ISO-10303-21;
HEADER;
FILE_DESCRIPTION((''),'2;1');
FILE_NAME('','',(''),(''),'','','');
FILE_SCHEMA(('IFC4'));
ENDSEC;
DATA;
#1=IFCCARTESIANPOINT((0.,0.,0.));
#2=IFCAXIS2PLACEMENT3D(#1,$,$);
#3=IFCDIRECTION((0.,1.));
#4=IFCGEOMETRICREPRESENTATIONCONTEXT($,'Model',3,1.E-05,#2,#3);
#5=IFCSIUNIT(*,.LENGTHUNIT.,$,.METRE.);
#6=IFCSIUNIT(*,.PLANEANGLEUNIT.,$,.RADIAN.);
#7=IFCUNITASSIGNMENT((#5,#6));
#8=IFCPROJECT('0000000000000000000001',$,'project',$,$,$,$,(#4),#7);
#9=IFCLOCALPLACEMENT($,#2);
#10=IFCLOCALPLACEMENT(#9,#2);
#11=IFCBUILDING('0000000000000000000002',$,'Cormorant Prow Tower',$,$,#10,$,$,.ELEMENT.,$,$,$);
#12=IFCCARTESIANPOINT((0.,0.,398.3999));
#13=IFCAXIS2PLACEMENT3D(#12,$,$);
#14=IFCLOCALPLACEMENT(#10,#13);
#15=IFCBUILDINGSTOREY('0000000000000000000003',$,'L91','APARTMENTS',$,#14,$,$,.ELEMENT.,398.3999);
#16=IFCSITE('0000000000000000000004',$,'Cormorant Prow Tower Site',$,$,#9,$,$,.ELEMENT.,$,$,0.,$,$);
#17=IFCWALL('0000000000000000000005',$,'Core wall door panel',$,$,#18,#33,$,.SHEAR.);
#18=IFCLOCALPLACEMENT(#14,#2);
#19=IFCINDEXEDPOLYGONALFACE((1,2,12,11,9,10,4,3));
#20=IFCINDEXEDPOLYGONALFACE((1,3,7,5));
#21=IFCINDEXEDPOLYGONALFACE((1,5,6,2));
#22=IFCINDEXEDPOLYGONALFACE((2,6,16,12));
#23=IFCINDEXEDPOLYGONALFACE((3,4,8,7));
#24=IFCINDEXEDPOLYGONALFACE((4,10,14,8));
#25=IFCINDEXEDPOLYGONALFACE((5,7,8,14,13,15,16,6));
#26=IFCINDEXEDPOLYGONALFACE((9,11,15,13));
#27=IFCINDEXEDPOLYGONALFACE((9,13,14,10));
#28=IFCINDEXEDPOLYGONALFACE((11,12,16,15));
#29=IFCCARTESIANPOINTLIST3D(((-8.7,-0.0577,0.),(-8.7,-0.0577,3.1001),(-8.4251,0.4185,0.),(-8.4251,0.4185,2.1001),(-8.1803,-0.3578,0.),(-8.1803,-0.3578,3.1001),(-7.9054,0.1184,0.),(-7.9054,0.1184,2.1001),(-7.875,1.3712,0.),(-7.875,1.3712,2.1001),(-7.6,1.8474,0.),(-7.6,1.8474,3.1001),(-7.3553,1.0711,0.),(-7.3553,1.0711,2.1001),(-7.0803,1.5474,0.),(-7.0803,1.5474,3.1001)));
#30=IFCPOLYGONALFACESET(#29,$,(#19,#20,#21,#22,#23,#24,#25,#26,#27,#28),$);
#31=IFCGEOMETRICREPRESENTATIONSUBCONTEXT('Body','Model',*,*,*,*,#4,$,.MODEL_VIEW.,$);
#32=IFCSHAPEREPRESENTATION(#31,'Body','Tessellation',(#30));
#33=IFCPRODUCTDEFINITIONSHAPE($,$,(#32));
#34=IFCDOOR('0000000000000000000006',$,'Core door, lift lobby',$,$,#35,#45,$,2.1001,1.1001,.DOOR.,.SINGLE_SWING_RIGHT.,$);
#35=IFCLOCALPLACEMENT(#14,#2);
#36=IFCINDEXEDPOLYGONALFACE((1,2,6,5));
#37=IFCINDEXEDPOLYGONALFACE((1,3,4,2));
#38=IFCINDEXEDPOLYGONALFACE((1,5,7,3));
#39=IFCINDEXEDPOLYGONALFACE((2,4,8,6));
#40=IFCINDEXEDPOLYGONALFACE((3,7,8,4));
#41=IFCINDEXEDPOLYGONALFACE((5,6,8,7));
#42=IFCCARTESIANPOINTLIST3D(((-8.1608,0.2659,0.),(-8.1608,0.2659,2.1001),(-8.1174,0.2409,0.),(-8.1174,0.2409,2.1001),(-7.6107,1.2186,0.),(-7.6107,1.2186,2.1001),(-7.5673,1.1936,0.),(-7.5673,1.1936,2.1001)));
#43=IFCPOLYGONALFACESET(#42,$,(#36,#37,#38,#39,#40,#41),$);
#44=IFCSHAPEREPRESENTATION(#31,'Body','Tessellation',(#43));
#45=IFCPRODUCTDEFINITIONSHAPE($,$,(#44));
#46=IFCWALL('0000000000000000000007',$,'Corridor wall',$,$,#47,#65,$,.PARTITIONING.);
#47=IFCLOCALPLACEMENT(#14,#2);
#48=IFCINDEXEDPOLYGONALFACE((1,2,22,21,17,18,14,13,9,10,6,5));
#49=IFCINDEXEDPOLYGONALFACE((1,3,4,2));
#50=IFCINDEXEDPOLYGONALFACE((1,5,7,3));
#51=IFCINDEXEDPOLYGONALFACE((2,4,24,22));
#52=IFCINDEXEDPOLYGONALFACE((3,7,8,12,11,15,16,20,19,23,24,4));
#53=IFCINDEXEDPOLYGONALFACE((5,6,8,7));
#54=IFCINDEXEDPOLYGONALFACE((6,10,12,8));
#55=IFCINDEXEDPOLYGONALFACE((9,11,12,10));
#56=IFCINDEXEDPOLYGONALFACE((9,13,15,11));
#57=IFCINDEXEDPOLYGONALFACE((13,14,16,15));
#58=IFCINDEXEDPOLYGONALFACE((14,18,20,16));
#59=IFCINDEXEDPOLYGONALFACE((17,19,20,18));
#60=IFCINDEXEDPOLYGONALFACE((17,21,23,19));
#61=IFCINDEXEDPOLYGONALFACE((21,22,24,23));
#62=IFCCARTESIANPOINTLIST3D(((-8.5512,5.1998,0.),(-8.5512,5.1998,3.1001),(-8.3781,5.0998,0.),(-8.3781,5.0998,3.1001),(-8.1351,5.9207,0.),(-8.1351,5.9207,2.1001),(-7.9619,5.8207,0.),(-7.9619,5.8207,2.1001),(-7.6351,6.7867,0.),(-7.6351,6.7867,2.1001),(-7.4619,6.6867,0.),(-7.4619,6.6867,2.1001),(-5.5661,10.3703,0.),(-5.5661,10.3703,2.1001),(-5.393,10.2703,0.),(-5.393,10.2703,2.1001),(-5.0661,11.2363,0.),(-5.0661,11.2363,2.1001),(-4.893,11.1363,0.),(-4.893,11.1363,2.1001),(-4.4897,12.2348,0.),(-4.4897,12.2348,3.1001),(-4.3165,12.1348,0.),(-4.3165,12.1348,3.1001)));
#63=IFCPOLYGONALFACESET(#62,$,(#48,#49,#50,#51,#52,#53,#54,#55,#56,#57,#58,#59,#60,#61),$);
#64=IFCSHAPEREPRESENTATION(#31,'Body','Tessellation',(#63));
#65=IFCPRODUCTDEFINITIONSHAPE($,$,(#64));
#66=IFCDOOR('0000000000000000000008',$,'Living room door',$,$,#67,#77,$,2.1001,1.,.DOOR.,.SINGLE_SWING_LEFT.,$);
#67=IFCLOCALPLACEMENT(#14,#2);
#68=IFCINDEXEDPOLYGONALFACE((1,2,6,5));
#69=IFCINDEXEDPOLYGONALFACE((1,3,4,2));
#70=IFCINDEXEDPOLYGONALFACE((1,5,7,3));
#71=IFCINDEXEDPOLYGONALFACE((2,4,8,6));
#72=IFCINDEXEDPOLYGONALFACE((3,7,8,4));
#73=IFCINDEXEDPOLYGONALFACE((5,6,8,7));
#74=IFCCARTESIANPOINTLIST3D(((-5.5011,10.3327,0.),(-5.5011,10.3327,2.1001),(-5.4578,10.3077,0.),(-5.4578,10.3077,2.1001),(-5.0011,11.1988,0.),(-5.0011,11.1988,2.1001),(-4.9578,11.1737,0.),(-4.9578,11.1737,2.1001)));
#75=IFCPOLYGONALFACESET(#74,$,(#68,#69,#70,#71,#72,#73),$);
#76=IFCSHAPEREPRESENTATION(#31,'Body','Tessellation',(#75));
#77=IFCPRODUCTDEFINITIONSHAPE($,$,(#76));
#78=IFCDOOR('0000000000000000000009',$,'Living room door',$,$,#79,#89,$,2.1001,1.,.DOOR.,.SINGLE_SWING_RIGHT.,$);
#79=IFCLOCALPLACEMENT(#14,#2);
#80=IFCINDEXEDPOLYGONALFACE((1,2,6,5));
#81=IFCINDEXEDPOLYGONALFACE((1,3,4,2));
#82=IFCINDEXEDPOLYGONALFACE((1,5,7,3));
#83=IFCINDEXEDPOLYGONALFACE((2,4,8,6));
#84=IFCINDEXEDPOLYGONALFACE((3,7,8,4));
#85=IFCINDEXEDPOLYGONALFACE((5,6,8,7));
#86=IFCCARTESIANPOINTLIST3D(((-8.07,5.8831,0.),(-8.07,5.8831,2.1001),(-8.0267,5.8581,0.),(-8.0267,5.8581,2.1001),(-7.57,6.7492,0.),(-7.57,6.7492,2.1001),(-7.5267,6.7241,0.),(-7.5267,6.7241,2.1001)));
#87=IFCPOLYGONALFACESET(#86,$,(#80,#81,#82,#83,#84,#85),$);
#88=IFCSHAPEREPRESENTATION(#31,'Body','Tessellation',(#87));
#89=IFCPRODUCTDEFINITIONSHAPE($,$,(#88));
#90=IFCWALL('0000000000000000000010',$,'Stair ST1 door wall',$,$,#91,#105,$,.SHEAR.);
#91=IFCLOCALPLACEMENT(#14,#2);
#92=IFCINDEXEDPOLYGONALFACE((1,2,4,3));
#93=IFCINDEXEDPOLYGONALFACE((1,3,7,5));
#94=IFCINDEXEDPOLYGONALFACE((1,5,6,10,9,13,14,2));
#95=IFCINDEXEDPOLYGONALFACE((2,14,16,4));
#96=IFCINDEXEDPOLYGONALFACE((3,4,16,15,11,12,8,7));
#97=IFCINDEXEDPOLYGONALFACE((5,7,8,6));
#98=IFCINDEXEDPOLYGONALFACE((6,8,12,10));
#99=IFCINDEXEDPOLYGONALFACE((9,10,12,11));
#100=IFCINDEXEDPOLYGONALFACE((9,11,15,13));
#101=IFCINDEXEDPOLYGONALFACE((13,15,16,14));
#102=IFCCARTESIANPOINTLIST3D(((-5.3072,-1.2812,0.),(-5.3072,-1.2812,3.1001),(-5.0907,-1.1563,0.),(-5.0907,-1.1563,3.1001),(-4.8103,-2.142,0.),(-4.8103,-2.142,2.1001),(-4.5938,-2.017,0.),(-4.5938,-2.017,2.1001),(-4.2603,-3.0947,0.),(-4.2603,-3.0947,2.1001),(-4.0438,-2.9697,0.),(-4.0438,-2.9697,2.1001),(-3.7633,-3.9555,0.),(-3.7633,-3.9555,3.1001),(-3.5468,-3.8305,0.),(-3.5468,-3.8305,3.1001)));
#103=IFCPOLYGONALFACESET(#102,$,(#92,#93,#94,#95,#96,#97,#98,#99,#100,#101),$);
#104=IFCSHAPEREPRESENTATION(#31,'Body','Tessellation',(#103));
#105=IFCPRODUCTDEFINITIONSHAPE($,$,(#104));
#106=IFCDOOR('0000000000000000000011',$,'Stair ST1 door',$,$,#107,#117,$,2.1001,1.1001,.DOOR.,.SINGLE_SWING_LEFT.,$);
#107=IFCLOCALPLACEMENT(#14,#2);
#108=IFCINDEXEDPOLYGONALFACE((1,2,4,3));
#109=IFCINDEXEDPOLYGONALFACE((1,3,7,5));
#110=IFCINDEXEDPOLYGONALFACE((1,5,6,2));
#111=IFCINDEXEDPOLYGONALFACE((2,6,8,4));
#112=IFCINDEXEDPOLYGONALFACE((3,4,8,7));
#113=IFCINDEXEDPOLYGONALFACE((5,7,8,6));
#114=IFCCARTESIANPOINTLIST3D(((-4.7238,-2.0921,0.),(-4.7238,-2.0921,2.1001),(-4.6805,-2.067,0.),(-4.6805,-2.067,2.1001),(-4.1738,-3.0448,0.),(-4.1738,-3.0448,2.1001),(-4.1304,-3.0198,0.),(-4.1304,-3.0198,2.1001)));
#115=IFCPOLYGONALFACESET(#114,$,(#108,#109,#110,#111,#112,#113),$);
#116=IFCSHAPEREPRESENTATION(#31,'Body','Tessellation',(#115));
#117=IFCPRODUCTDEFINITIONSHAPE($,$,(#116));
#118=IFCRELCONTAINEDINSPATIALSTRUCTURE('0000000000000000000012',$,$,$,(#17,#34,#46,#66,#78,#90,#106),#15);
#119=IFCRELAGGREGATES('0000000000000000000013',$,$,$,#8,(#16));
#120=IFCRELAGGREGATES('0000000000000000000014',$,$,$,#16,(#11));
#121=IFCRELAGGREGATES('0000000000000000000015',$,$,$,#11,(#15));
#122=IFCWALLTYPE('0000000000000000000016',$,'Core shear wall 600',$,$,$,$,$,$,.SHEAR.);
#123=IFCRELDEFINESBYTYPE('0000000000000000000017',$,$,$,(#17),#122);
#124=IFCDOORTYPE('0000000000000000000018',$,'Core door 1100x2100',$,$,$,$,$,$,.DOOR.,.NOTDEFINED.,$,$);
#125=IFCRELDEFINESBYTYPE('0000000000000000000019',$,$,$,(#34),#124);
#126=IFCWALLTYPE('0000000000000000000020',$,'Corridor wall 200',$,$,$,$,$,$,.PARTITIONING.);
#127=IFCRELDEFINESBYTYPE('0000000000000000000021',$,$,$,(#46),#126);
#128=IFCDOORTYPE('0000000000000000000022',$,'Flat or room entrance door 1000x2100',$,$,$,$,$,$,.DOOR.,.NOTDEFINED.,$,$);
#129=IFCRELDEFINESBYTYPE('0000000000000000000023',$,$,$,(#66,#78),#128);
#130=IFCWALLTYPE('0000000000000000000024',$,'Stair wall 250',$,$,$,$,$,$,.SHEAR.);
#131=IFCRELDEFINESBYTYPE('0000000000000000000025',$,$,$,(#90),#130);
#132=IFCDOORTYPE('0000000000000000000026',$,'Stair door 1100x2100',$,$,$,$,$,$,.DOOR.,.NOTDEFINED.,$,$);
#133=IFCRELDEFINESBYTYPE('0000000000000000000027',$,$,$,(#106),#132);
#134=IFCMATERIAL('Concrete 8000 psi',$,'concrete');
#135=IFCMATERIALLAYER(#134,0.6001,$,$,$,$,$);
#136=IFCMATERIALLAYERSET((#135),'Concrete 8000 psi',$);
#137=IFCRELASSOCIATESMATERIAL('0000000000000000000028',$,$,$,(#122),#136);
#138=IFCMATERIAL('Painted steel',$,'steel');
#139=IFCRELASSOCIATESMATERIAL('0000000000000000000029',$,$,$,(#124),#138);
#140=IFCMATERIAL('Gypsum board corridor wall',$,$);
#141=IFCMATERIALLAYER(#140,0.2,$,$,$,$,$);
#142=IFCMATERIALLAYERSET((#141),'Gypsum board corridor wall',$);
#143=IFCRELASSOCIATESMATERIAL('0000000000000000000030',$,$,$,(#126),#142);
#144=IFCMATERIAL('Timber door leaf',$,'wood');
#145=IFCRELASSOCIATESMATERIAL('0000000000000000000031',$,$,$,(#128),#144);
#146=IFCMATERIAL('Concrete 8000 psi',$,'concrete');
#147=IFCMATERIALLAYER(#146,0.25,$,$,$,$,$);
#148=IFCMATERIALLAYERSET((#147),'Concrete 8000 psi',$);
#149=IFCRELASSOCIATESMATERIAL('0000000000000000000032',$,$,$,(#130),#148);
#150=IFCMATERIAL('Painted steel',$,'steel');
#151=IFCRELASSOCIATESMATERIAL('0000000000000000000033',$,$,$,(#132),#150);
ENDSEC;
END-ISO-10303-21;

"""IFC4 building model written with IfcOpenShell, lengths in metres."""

from ifc_helpers import new_model, si_unit, direction, frame, frame_2d, origin, place, context, subcontext, project, spatial, rectangle, extrude, material, layer, layer_set, type_object, element, fill, save


model = new_model("IFC4")

# Units and contexts
model_context = context("Model", 3, precision=1e-05, world=origin(), true_north=direction((0.0, 1.0)))
body_context = subcontext(model_context, "Body", "Model", "MODEL_VIEW")
ifc_project = project(units=[si_unit("LENGTHUNIT", "METRE"), si_unit("PLANEANGLEUNIT", "RADIAN")], contexts=[model_context])

# Site, building, storey
site_placement = place(None, origin())
site = spatial("IfcSite", under=ifc_project, at=site_placement, Name="Cormorant Prow Tower Site", CompositionType="ELEMENT", RefElevation=0.0)
building_placement = place(site_placement, origin())
building = spatial("IfcBuilding", under=site, at=building_placement, Name="Cormorant Prow Tower", CompositionType="ELEMENT")
storey_placement = place(building_placement, frame((0.0, 0.0, 398.3999)))
storey = spatial("IfcBuildingStorey", under=building, at=storey_placement, Name="L91", Description="APARTMENTS", CompositionType="ELEMENT", Elevation=398.3999)

# Wall, opening, door
ifc_material_1 = material(Name="Concrete 8000 psi", Category="concrete")
ifc_layer_1 = layer(ifc_material_1, 0.6001)
ifc_layer_set_1 = layer_set([ifc_layer_1], Name="Concrete 8000 psi")
wall_type_1 = type_object("IfcWallType", Name="Core shear wall 600", PredefinedType="SHEAR", material=ifc_layer_set_1)
wall_1_placement = place(storey_placement, frame((-7.3401, 1.6975, 0.0), z_axis=(0.0, 0.0, 1.0), x_axis=(-0.50003, -0.866008, 0.0)))
wall_1 = element("IfcWall", 1, at=wall_1_placement, inside=storey, type_object=wall_type_1, Name="Core wall door panel", PredefinedType="SHEAR", context=body_context, shape_type="SweptSolid", body=[
    extrude(rectangle(XDim=2.2, YDim=0.6001, at=frame_2d((1.1001, 0.0))), origin(), (0.0, 0.0, 1.0), 3.1001),
])
opening_1_placement = place(wall_1_placement, frame((0.55, 0.0, 0.0)))
opening_1 = element("IfcOpeningElement", 2, at=opening_1_placement, cuts=wall_1, PredefinedType="OPENING", context=body_context, shape_type="SweptSolid", body=[
    extrude(rectangle(XDim=1.1001, YDim=2.1001, at=frame_2d((0.55, 1.05))), frame((0.0, 0.3101, 0.0), z_axis=(0.0, -1.0, 0.0), x_axis=(1.0, 0.0, 0.0)), (0.0, 0.0, 1.0), 0.6201),
])
ifc_material_2 = material(Name="Painted steel", Category="steel")
door_type_1 = type_object("IfcDoorType", Name="Core door 1100x2100", OperationType="NOTDEFINED", PredefinedType="DOOR", material=ifc_material_2)
door_1_placement = place(opening_1_placement, origin())
door_1 = element("IfcDoor", 3, at=door_1_placement, inside=storey, type_object=door_type_1, Name="Core door, lift lobby", OperationType="SINGLE_SWING_RIGHT", OverallHeight=2.1001, OverallWidth=1.1001, PredefinedType="DOOR", context=body_context, shape_type="SweptSolid", body=[
    extrude(rectangle(XDim=1.1001, YDim=2.1001, at=frame_2d((0.55, 1.05))), frame((0.0, 0.0552, 0.0), z_axis=(0.0, -1.0, 0.0), x_axis=(1.0, 0.0, 0.0)), (0.0, 0.0, 1.0), 0.05),
])
fill(opening_1, door_1)

# Wall, openings, doors
ifc_material_3 = material(Name="Gypsum board corridor wall")
ifc_layer_2 = layer(ifc_material_3, 0.2)
ifc_layer_set_2 = layer_set([ifc_layer_2], Name="Gypsum board corridor wall")
wall_type_2 = type_object("IfcWallType", Name="Corridor wall 200", PredefinedType="PARTITIONING", material=ifc_layer_set_2)
wall_2_placement = place(storey_placement, frame((-8.4646, 5.1499, 0.0), z_axis=(0.0, 0.0, 1.0), x_axis=(0.499992, 0.86603, 0.0)))
wall_2 = element("IfcWall", 4, at=wall_2_placement, inside=storey, type_object=wall_type_2, Name="Corridor wall", PredefinedType="PARTITIONING", context=body_context, shape_type="SweptSolid", body=[
    extrude(rectangle(XDim=8.1233, YDim=0.2, at=frame_2d((4.0615, 0.0))), origin(), (0.0, 0.0, 1.0), 3.1001),
])
opening_2_placement = place(wall_2_placement, frame((5.9702, 0.0, 0.0)))
opening_2 = element("IfcOpeningElement", 5, at=opening_2_placement, cuts=wall_2, PredefinedType="OPENING", context=body_context, shape_type="SweptSolid", body=[
    extrude(rectangle(XDim=1.0, YDim=2.1001, at=frame_2d((0.5, 1.05))), frame((0.0, 0.1099, 0.0), z_axis=(0.0, -1.0, 0.0), x_axis=(1.0, 0.0, 0.0)), (0.0, 0.0, 1.0), 0.22),
])
opening_3_placement = place(wall_2_placement, frame((0.8323, 0.0, 0.0)))
opening_3 = element("IfcOpeningElement", 6, at=opening_3_placement, cuts=wall_2, PredefinedType="OPENING", context=body_context, shape_type="SweptSolid", body=[
    extrude(rectangle(XDim=1.0, YDim=2.1001, at=frame_2d((0.5, 1.05))), frame((0.0, 0.1099, 0.0), z_axis=(0.0, -1.0, 0.0), x_axis=(1.0, 0.0, 0.0)), (0.0, 0.0, 1.0), 0.22),
])
ifc_material_4 = material(Name="Timber door leaf", Category="wood")
door_type_2 = type_object("IfcDoorType", Name="Flat or room entrance door 1000x2100", OperationType="NOTDEFINED", PredefinedType="DOOR", material=ifc_material_4)
door_2_placement = place(opening_2_placement, origin())
door_2 = element("IfcDoor", 7, at=door_2_placement, inside=storey, type_object=door_type_2, Name="Living room door", OperationType="SINGLE_SWING_LEFT", OverallHeight=2.1001, OverallWidth=1.0, PredefinedType="DOOR", context=body_context, shape_type="SweptSolid", body=[
    extrude(rectangle(XDim=1.0, YDim=2.1001, at=frame_2d((0.5, 1.05))), frame((0.0, 0.0249, 0.0), z_axis=(0.0, -1.0, 0.0), x_axis=(1.0, 0.0, 0.0)), (0.0, 0.0, 1.0), 0.05),
])
fill(opening_2, door_2)
door_3_placement = place(opening_3_placement, origin())
door_3 = element("IfcDoor", 8, at=door_3_placement, inside=storey, type_object=door_type_2, Name="Living room door", OperationType="SINGLE_SWING_RIGHT", OverallHeight=2.1001, OverallWidth=1.0, PredefinedType="DOOR", context=body_context, shape_type="SweptSolid", body=[
    extrude(rectangle(XDim=1.0, YDim=2.1001, at=frame_2d((0.5, 1.05))), frame((0.0, 0.0249, 0.0), z_axis=(0.0, -1.0, 0.0), x_axis=(1.0, 0.0, 0.0)), (0.0, 0.0, 1.0), 0.05),
])
fill(opening_3, door_3)

# Wall, opening, door
ifc_material_5 = material(Name="Concrete 8000 psi", Category="concrete")
ifc_layer_3 = layer(ifc_material_5, 0.25)
ifc_layer_set_3 = layer_set([ifc_layer_3], Name="Concrete 8000 psi")
wall_type_3 = type_object("IfcWallType", Name="Stair wall 250", PredefinedType="SHEAR", material=ifc_layer_set_3)
wall_3_placement = place(storey_placement, frame((-5.199, -1.2188, 0.0), z_axis=(0.0, 0.0, 1.0), x_axis=(0.499983, -0.866035, 0.0)))
wall_3 = element("IfcWall", 9, at=wall_3_placement, inside=storey, type_object=wall_type_3, Name="Stair ST1 door wall", PredefinedType="SHEAR", context=body_context, shape_type="SweptSolid", body=[
    extrude(rectangle(XDim=3.0879, YDim=0.25, at=frame_2d((1.5439, 0.0))), origin(), (0.0, 0.0, 1.0), 3.1001),
])
opening_4_placement = place(wall_3_placement, frame((0.9939, 0.0, 0.0)))
opening_4 = element("IfcOpeningElement", 10, at=opening_4_placement, cuts=wall_3, PredefinedType="OPENING", context=body_context, shape_type="SweptSolid", body=[
    extrude(rectangle(XDim=1.1001, YDim=2.1001, at=frame_2d((0.55, 1.05))), frame((0.0, 0.135, 0.0), z_axis=(0.0, -1.0, 0.0), x_axis=(1.0, 0.0, 0.0)), (0.0, 0.0, 1.0), 0.27),
])
ifc_material_6 = material(Name="Painted steel", Category="steel")
door_type_3 = type_object("IfcDoorType", Name="Stair door 1100x2100", OperationType="NOTDEFINED", PredefinedType="DOOR", material=ifc_material_6)
door_4_placement = place(opening_4_placement, origin())
door_4 = element("IfcDoor", 11, at=door_4_placement, inside=storey, type_object=door_type_3, Name="Stair ST1 door", OperationType="SINGLE_SWING_LEFT", OverallHeight=2.1001, OverallWidth=1.1001, PredefinedType="DOOR", context=body_context, shape_type="SweptSolid", body=[
    extrude(rectangle(XDim=1.1001, YDim=2.1001, at=frame_2d((0.55, 1.05))), frame((0.0, 0.0249, 0.0), z_axis=(0.0, -1.0, 0.0), x_axis=(1.0, 0.0, 0.0)), (0.0, 0.0, 1.0), 0.05),
])
fill(opening_4, door_4)

save(model, "model.ifc")
